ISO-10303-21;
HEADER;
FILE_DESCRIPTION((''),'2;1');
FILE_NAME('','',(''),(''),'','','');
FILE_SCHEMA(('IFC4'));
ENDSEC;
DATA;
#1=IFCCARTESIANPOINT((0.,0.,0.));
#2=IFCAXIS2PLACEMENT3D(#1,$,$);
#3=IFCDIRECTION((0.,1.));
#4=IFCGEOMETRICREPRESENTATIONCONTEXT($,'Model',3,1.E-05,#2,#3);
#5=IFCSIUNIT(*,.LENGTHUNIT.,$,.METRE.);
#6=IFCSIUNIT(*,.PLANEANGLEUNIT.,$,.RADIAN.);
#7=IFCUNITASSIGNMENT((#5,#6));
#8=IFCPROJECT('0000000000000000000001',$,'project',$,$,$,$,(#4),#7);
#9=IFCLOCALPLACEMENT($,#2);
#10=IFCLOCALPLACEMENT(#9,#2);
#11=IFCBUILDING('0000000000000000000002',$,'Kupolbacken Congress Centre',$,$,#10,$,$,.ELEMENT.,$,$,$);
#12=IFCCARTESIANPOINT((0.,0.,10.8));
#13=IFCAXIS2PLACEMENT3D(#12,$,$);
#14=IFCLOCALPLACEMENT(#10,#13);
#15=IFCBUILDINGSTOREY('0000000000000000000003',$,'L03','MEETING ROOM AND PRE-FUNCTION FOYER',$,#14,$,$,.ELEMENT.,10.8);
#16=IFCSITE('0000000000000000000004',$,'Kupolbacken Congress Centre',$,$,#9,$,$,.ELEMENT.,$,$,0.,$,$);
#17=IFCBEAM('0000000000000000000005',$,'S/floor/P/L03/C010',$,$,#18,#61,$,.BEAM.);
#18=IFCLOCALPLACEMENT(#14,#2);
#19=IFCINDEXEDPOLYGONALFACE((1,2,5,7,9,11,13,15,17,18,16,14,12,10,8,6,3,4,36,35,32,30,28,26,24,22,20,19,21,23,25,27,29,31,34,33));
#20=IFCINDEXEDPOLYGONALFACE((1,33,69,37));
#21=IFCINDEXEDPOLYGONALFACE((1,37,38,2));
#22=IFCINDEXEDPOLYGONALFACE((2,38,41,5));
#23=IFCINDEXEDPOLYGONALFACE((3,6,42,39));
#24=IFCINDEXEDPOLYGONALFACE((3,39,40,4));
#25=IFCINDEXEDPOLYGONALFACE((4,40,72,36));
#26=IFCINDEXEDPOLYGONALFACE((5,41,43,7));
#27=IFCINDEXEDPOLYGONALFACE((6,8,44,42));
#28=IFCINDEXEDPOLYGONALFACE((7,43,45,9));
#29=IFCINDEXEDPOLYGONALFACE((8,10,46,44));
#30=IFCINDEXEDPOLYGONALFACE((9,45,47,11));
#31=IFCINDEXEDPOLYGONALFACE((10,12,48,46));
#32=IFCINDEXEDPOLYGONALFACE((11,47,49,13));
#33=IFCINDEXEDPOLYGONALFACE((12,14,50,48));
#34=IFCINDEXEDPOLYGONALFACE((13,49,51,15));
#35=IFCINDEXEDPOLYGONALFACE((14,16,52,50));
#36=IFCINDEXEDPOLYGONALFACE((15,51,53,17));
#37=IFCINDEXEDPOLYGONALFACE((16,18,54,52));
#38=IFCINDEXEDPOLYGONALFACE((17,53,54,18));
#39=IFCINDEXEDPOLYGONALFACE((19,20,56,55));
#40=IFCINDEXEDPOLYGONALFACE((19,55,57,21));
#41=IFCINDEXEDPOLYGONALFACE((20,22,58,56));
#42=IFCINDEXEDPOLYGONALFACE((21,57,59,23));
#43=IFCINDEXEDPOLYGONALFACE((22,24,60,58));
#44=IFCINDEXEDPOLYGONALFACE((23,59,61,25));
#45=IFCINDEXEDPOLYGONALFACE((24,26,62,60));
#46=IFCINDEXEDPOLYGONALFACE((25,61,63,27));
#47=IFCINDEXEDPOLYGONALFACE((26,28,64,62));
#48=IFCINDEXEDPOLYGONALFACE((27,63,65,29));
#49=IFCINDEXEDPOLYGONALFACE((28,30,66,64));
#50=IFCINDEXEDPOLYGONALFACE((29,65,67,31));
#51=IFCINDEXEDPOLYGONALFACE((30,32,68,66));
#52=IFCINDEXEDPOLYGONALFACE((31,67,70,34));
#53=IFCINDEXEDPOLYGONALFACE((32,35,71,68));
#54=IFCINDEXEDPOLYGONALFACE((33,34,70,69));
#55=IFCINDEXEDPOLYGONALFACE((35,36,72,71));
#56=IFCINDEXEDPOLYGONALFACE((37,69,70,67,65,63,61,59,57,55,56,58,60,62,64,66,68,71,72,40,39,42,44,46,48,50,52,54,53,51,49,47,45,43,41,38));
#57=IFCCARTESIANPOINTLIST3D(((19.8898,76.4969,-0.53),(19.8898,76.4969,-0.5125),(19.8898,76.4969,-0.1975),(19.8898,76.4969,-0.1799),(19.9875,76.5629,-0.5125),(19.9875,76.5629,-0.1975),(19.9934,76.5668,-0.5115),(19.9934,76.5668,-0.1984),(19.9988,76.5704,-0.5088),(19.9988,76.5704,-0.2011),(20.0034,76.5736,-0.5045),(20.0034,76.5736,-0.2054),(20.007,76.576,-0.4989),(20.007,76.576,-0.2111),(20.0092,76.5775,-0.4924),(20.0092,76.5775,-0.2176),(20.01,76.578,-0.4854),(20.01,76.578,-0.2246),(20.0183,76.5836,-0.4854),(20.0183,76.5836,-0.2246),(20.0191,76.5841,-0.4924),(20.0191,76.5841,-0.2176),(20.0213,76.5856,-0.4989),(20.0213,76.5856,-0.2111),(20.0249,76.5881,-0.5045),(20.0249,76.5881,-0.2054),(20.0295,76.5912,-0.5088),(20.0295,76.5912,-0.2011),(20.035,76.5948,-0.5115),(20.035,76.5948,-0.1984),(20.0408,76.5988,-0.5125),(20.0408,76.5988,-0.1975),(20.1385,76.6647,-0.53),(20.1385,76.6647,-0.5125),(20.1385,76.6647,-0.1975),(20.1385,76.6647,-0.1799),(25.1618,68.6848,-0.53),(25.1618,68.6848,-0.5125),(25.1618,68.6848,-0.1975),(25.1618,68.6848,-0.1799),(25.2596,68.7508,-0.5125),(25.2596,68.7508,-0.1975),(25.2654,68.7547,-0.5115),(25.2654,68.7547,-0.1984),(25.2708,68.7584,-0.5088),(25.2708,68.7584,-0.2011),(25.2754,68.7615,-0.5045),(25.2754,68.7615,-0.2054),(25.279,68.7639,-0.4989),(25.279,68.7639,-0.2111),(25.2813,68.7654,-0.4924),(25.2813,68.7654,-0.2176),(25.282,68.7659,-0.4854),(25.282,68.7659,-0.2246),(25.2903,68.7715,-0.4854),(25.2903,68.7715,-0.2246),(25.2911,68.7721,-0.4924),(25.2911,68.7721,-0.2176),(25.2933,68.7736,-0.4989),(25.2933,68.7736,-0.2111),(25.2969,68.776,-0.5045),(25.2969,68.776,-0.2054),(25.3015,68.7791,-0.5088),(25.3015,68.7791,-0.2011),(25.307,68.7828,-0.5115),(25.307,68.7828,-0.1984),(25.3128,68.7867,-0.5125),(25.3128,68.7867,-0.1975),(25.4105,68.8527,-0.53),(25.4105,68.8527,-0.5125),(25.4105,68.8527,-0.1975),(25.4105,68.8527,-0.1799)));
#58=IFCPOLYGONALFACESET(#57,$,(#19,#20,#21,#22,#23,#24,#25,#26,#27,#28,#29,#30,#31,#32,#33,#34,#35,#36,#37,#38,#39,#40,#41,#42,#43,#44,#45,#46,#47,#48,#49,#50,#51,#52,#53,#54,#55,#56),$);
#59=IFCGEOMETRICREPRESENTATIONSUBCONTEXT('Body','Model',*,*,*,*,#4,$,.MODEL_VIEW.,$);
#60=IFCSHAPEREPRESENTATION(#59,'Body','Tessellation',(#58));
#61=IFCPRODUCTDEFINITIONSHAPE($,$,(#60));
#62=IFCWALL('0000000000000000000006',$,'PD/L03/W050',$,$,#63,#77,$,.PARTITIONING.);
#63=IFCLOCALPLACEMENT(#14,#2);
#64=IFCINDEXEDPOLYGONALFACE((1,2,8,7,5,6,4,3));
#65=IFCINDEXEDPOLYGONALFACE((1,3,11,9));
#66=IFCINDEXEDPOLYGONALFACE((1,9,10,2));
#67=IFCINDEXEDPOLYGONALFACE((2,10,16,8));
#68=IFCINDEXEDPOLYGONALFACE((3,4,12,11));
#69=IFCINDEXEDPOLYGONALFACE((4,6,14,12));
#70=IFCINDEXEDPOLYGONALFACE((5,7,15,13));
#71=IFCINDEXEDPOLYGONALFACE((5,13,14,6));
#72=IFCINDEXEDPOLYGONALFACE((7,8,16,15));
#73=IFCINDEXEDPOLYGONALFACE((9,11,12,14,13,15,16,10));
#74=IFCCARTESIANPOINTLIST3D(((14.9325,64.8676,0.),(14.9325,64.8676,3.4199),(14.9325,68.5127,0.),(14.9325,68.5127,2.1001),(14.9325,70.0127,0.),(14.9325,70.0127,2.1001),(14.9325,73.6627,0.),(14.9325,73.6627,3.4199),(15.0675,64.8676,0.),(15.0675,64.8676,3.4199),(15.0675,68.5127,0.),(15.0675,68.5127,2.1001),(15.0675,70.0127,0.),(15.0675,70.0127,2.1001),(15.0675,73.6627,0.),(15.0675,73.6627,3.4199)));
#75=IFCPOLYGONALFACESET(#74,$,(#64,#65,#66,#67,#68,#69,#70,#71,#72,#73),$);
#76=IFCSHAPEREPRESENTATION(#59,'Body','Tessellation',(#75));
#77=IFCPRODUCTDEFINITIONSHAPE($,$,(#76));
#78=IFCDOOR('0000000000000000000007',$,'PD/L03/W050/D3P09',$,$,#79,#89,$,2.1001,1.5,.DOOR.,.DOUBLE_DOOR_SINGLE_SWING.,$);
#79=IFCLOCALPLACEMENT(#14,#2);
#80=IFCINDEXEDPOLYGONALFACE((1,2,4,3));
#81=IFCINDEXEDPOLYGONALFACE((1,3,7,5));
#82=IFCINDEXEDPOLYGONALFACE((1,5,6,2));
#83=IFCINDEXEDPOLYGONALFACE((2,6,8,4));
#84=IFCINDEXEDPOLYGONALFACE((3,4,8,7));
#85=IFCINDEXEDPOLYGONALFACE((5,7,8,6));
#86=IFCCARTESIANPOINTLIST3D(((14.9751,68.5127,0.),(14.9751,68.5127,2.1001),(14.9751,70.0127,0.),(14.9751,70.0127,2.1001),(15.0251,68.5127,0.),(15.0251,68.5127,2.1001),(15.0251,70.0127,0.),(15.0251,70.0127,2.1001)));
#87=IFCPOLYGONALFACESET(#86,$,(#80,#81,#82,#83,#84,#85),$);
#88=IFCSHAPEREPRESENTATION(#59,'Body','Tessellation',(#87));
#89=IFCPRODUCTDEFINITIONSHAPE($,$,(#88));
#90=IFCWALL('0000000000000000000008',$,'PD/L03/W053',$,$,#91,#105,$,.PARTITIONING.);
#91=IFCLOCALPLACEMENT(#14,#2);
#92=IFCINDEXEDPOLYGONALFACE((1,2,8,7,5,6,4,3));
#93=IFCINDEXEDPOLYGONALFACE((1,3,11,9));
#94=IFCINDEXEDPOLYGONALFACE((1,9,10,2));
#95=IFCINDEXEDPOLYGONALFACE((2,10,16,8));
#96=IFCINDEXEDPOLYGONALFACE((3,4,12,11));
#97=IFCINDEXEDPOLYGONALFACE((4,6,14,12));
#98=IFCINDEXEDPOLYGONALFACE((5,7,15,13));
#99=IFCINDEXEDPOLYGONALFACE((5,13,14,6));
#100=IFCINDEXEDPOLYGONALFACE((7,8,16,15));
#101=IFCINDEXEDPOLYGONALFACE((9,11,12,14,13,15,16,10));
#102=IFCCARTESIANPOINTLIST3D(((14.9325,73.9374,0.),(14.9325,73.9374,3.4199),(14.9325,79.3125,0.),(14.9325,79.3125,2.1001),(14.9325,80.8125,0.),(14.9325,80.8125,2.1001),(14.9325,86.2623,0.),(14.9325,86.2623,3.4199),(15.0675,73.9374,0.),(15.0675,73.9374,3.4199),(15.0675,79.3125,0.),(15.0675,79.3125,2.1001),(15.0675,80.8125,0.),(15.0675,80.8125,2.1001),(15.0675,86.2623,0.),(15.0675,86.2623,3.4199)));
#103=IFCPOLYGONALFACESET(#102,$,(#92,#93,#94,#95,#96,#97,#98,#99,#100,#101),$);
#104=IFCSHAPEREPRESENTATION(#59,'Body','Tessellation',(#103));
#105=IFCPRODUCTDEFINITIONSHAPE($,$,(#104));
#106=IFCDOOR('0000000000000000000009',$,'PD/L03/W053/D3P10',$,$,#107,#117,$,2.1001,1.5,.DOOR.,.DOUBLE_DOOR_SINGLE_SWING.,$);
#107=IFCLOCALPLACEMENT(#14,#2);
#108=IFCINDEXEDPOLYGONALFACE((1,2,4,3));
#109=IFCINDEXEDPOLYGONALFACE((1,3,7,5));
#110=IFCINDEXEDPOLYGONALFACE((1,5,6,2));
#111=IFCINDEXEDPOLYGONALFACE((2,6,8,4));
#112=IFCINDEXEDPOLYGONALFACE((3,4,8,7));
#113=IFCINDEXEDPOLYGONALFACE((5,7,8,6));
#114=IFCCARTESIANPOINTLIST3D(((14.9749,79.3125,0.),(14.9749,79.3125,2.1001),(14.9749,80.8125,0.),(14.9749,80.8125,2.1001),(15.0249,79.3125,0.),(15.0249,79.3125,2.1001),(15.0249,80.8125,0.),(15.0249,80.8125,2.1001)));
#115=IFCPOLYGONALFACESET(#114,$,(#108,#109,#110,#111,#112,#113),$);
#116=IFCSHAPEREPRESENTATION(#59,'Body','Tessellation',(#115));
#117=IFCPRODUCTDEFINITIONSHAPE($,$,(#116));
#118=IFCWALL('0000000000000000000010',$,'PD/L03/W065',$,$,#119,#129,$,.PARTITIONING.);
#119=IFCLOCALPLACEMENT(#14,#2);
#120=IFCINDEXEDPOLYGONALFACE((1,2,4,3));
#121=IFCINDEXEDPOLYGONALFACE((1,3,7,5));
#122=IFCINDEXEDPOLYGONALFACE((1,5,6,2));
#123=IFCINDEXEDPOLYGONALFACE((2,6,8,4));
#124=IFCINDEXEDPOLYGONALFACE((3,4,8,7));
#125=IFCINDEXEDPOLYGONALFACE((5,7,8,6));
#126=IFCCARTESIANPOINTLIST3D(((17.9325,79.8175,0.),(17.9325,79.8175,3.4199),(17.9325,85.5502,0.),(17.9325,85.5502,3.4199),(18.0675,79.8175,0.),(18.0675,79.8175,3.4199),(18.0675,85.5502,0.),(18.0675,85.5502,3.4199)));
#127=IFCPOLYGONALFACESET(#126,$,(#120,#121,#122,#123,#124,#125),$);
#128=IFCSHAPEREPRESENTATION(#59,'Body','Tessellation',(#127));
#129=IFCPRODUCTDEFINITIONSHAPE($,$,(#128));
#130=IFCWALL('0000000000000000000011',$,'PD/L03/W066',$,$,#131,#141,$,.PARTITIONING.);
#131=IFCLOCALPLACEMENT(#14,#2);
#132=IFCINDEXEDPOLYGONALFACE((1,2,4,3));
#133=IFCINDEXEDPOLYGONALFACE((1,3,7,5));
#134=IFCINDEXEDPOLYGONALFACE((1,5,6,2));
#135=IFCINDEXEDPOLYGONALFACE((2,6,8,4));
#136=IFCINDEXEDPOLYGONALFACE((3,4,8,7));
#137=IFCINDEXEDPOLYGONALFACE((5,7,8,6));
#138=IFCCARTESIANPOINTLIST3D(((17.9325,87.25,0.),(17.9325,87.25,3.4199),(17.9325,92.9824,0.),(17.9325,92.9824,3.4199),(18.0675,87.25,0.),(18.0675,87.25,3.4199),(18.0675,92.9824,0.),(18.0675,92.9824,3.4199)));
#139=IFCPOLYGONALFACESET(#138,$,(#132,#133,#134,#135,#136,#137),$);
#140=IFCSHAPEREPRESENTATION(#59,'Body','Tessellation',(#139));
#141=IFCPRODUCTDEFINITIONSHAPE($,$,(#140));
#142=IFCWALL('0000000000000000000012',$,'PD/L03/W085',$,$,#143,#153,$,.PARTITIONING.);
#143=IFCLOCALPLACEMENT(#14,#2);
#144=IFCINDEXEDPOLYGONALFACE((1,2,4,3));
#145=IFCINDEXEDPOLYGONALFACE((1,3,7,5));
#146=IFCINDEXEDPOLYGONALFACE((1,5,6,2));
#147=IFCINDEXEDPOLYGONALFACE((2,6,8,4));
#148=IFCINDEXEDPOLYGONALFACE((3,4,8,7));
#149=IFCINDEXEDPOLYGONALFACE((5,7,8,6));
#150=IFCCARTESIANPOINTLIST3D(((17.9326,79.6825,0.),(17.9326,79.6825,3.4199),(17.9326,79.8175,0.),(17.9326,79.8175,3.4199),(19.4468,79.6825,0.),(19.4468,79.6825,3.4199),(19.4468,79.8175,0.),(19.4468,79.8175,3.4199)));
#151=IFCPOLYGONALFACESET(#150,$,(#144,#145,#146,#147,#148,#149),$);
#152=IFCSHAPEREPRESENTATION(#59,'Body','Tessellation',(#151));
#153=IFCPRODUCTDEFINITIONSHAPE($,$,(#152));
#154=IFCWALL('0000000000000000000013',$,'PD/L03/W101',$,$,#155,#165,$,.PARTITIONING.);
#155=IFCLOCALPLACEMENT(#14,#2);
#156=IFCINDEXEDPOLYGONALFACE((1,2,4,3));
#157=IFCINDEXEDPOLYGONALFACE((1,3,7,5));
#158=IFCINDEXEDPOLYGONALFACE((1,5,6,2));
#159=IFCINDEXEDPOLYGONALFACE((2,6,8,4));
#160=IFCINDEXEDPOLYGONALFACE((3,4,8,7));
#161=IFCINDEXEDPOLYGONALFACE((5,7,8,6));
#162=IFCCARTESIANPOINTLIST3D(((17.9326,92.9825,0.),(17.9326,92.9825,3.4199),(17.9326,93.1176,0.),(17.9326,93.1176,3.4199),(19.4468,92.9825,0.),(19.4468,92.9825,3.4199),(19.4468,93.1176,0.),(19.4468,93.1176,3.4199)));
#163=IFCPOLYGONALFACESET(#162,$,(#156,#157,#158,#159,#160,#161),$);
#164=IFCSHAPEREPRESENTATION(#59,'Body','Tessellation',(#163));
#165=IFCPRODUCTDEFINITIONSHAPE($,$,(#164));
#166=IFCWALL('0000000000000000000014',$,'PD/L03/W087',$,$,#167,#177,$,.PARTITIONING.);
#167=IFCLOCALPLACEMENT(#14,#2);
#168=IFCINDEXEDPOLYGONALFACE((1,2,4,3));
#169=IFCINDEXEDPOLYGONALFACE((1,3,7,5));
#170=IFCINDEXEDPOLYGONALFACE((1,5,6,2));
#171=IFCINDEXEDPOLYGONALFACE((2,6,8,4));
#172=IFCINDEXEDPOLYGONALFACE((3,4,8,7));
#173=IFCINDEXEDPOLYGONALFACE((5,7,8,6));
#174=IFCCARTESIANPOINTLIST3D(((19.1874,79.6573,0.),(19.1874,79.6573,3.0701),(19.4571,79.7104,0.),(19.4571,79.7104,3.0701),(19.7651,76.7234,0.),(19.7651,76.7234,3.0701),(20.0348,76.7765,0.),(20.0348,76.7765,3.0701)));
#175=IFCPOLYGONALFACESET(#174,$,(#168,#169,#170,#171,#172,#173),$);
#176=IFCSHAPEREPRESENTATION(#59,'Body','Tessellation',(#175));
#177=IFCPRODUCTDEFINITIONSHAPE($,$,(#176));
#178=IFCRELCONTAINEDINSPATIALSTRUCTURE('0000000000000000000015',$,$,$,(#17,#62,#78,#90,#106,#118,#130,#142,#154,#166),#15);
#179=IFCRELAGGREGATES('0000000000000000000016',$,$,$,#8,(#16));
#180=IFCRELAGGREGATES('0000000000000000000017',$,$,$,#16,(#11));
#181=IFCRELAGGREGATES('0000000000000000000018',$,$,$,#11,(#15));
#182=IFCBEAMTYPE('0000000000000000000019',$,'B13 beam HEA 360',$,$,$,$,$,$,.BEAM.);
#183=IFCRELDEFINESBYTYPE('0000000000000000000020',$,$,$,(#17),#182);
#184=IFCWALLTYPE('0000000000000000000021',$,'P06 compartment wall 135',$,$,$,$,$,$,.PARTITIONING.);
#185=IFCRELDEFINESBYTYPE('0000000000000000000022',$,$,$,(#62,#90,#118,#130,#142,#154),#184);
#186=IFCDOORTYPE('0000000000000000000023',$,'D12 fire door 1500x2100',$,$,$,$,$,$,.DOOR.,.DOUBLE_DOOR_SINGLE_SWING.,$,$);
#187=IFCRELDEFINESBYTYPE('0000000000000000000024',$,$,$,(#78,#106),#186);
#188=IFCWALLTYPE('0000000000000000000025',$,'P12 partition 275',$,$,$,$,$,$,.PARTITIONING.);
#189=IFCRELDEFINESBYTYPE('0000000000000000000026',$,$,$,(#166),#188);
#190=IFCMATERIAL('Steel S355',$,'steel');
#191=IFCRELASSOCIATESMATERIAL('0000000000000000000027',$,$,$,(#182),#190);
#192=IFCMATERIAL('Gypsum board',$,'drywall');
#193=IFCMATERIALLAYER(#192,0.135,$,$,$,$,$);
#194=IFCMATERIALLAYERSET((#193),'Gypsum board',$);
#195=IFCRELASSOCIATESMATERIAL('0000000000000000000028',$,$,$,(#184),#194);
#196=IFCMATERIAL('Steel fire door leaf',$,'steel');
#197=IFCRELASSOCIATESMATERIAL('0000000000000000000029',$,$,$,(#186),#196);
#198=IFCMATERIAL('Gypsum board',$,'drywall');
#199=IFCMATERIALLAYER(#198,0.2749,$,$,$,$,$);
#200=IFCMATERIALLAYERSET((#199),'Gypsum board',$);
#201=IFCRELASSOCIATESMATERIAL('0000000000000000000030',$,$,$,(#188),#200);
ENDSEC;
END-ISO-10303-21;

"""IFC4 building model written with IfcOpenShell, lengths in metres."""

from ifc_helpers import new_model, si_unit, direction, frame, frame_2d, origin, origin_2d, place, context, subcontext, project, spatial, rectangle, i_section, extrude, material, layer, layer_set, material_profile, profile_set, type_object, element, fill, save


model = new_model("IFC4")

# Units and contexts
model_context = context("Model", 3, precision=1e-05, world=origin(), true_north=direction((0.0, 1.0)))
body_context = subcontext(model_context, "Body", "Model", "MODEL_VIEW")
ifc_project = project(units=[si_unit("LENGTHUNIT", "METRE"), si_unit("PLANEANGLEUNIT", "RADIAN")], contexts=[model_context])

# Site, building, storey
site_placement = place(None, origin())
site = spatial("IfcSite", under=ifc_project, at=site_placement, Name="Kupolbacken Congress Centre", CompositionType="ELEMENT", RefElevation=0.0)
building_placement = place(site_placement, origin())
building = spatial("IfcBuilding", under=site, at=building_placement, Name="Kupolbacken Congress Centre", CompositionType="ELEMENT")
storey_placement = place(building_placement, frame((0.0, 0.0, 10.8)))
storey = spatial("IfcBuildingStorey", under=building, at=storey_placement, Name="L03", Description="MEETING ROOM AND PRE-FUNCTION FOYER", CompositionType="ELEMENT", Elevation=10.8)

# Beam
ifc_material_1 = material(Name="Steel S355", Category="steel")
ifc_material_profile_1 = material_profile(ifc_material_1, i_section(OverallWidth=0.3, OverallDepth=0.3501, WebThickness=0.01, FlangeThickness=0.0176, FilletRadius=0.0271, at=origin_2d()), Name="HEA 360")
ifc_profile_set_1 = profile_set([ifc_material_profile_1], Name="Steel S355")
beam_type_1 = type_object("IfcBeamType", Name="B13 beam HEA 360", PredefinedType="BEAM", material=ifc_profile_set_1)
beam_1_placement = place(storey_placement, frame((20.0142, 76.5808, -0.355), z_axis=(0.55939, -0.828905, 0.0), x_axis=(0.828905, 0.55939, 0.0)))
element("IfcBeam", 1, at=beam_1_placement, inside=storey, type_object=beam_type_1, Name="S/floor/P/L03/C010", PredefinedType="BEAM", context=body_context, shape_type="SweptSolid", body=[
    extrude(i_section(OverallWidth=0.3, OverallDepth=0.3501, WebThickness=0.01, FlangeThickness=0.0176, FilletRadius=0.0271, at=origin_2d()), origin(), (0.0, 0.0, 1.0), 9.4246),
])

# Walls, openings, doors
ifc_material_2 = material(Name="Gypsum board", Category="drywall")
ifc_layer_1 = layer(ifc_material_2, 0.135)
ifc_layer_set_1 = layer_set([ifc_layer_1], Name="Gypsum board")
wall_type_1 = type_object("IfcWallType", Name="P06 compartment wall 135", PredefinedType="PARTITIONING", material=ifc_layer_set_1)
wall_1_placement = place(storey_placement, frame((15.0, 73.6626, 0.0), z_axis=(0.0, 0.0, 1.0), x_axis=(0.0, -1.0, 0.0)))
wall_1 = element("IfcWall", 2, at=wall_1_placement, inside=storey, type_object=wall_type_1, Name="PD/L03/W050", PredefinedType="PARTITIONING", context=body_context, shape_type="SweptSolid", body=[
    extrude(rectangle(XDim=8.7952, YDim=0.135, at=frame_2d((4.3975, 0.0))), origin(), (0.0, 0.0, 1.0), 3.4199),
])
opening_1_placement = place(wall_1_placement, frame((3.6499, 0.0, 0.0)))
opening_1 = element("IfcOpeningElement", 3, at=opening_1_placement, cuts=wall_1, PredefinedType="OPENING", context=body_context, shape_type="SweptSolid", body=[
    extrude(rectangle(XDim=1.5, YDim=2.1001, at=frame_2d((0.75, 1.05))), frame((0.0, 0.0774, 0.0), z_axis=(0.0, -1.0, 0.0), x_axis=(1.0, 0.0, 0.0)), (0.0, 0.0, 1.0), 0.155),
])
ifc_material_3 = material(Name="Steel fire door leaf", Category="steel")
door_type = type_object("IfcDoorType", Name="D12 fire door 1500x2100", OperationType="DOUBLE_DOOR_SINGLE_SWING", PredefinedType="DOOR", material=ifc_material_3)
door_1_placement = place(opening_1_placement, frame((1.5, 0.0, 0.0), z_axis=(0.0, 0.0, 1.0), x_axis=(-1.0, 0.0, 0.0)))
door_1 = element("IfcDoor", 4, at=door_1_placement, inside=storey, type_object=door_type, Name="PD/L03/W050/D3P09", OperationType="DOUBLE_DOOR_SINGLE_SWING", OverallHeight=2.1001, OverallWidth=1.5, PredefinedType="DOOR", context=body_context, shape_type="SweptSolid", body=[
    extrude(rectangle(XDim=1.5, YDim=2.1001, at=frame_2d((0.75, 1.05))), frame((0.0, 0.0249, 0.0), z_axis=(0.0, -1.0, 0.0), x_axis=(1.0, 0.0, 0.0)), (0.0, 0.0, 1.0), 0.05),
])
fill(opening_1, door_1)
wall_2_placement = place(storey_placement, frame((15.0, 86.2625, 0.0), z_axis=(0.0, 0.0, 1.0), x_axis=(0.0, -1.0, 0.0)))
wall_2 = element("IfcWall", 5, at=wall_2_placement, inside=storey, type_object=wall_type_1, Name="PD/L03/W053", PredefinedType="PARTITIONING", context=body_context, shape_type="SweptSolid", body=[
    extrude(rectangle(XDim=12.325, YDim=0.135, at=frame_2d((6.1626, 0.0))), origin(), (0.0, 0.0, 1.0), 3.4199),
])
opening_2_placement = place(wall_2_placement, frame((5.45, 0.0, 0.0)))
opening_2 = element("IfcOpeningElement", 6, at=opening_2_placement, cuts=wall_2, PredefinedType="OPENING", context=body_context, shape_type="SweptSolid", body=[
    extrude(rectangle(XDim=1.5, YDim=2.1001, at=frame_2d((0.75, 1.05))), frame((0.0, 0.0774, 0.0), z_axis=(0.0, -1.0, 0.0), x_axis=(1.0, 0.0, 0.0)), (0.0, 0.0, 1.0), 0.155),
])
door_2_placement = place(opening_2_placement, origin())
door_2 = element("IfcDoor", 7, at=door_2_placement, inside=storey, type_object=door_type, Name="PD/L03/W053/D3P10", OperationType="DOUBLE_DOOR_SINGLE_SWING", OverallHeight=2.1001, OverallWidth=1.5, PredefinedType="DOOR", context=body_context, shape_type="SweptSolid", body=[
    extrude(rectangle(XDim=1.5, YDim=2.1001, at=frame_2d((0.75, 1.05))), frame((0.0, 0.0249, 0.0), z_axis=(0.0, -1.0, 0.0), x_axis=(1.0, 0.0, 0.0)), (0.0, 0.0, 1.0), 0.05),
])
fill(opening_2, door_2)

# Walls
wall_3_placement = place(storey_placement, frame((18.0, 85.55, 0.0), z_axis=(0.0, 0.0, 1.0), x_axis=(0.0, -1.0, 0.0)))
element("IfcWall", 8, at=wall_3_placement, inside=storey, type_object=wall_type_1, Name="PD/L03/W065", PredefinedType="PARTITIONING", context=body_context, shape_type="SweptSolid", body=[
    extrude(rectangle(XDim=5.7327, YDim=0.135, at=frame_2d((2.8662, 0.0))), origin(), (0.0, 0.0, 1.0), 3.4199),
])
wall_4_placement = place(storey_placement, frame((18.0, 92.9824, 0.0), z_axis=(0.0, 0.0, 1.0), x_axis=(0.0, -1.0, 0.0)))
element("IfcWall", 9, at=wall_4_placement, inside=storey, type_object=wall_type_1, Name="PD/L03/W066", PredefinedType="PARTITIONING", context=body_context, shape_type="SweptSolid", body=[
    extrude(rectangle(XDim=5.7324, YDim=0.135, at=frame_2d((2.8662, 0.0))), origin(), (0.0, 0.0, 1.0), 3.4199),
])
for number, where, z_axis, x_axis, name in (
    (10, (17.9326, 79.75, 0.0), (0.0, 0.0, 1.0), (1.0, 0.0, 0.0), "PD/L03/W085"),
    (11, (19.4468, 93.05, 0.0), (0.0, 0.0, 1.0), (-1.0, 0.0, 0.0), "PD/L03/W101"),
):
    element("IfcWall", number, at=place(storey_placement, frame(where, z_axis=z_axis, x_axis=x_axis)), inside=storey, type_object=wall_type_1, Name=name, PredefinedType="PARTITIONING", context=body_context, shape_type="SweptSolid", body=[
        extrude(rectangle(XDim=1.5142, YDim=0.135, at=frame_2d((0.7571, 0.0))), origin(), (0.0, 0.0, 1.0), 3.4199),
    ])
ifc_material_4 = material(Name="Gypsum board", Category="drywall")
ifc_layer_2 = layer(ifc_material_4, 0.2749)
ifc_layer_set_2 = layer_set([ifc_layer_2], Name="Gypsum board")
wall_type_2 = type_object("IfcWallType", Name="P12 partition 275", PredefinedType="PARTITIONING", material=ifc_layer_set_2)
wall_5_placement = place(storey_placement, frame((19.3223, 79.6838, 0.0), z_axis=(0.0, 0.0, 1.0), x_axis=(0.193179, -0.981164, 0.0)))
element("IfcWall", 12, at=wall_5_placement, inside=storey, type_object=wall_type_2, Name="PD/L03/W087", PredefinedType="PARTITIONING", context=body_context, shape_type="SweptSolid", body=[
    extrude(rectangle(XDim=2.9902, YDim=0.2749, at=frame_2d((1.4951, 0.0))), origin(), (0.0, 0.0, 1.0), 3.0701),
])

save(model, "model.ifc")
